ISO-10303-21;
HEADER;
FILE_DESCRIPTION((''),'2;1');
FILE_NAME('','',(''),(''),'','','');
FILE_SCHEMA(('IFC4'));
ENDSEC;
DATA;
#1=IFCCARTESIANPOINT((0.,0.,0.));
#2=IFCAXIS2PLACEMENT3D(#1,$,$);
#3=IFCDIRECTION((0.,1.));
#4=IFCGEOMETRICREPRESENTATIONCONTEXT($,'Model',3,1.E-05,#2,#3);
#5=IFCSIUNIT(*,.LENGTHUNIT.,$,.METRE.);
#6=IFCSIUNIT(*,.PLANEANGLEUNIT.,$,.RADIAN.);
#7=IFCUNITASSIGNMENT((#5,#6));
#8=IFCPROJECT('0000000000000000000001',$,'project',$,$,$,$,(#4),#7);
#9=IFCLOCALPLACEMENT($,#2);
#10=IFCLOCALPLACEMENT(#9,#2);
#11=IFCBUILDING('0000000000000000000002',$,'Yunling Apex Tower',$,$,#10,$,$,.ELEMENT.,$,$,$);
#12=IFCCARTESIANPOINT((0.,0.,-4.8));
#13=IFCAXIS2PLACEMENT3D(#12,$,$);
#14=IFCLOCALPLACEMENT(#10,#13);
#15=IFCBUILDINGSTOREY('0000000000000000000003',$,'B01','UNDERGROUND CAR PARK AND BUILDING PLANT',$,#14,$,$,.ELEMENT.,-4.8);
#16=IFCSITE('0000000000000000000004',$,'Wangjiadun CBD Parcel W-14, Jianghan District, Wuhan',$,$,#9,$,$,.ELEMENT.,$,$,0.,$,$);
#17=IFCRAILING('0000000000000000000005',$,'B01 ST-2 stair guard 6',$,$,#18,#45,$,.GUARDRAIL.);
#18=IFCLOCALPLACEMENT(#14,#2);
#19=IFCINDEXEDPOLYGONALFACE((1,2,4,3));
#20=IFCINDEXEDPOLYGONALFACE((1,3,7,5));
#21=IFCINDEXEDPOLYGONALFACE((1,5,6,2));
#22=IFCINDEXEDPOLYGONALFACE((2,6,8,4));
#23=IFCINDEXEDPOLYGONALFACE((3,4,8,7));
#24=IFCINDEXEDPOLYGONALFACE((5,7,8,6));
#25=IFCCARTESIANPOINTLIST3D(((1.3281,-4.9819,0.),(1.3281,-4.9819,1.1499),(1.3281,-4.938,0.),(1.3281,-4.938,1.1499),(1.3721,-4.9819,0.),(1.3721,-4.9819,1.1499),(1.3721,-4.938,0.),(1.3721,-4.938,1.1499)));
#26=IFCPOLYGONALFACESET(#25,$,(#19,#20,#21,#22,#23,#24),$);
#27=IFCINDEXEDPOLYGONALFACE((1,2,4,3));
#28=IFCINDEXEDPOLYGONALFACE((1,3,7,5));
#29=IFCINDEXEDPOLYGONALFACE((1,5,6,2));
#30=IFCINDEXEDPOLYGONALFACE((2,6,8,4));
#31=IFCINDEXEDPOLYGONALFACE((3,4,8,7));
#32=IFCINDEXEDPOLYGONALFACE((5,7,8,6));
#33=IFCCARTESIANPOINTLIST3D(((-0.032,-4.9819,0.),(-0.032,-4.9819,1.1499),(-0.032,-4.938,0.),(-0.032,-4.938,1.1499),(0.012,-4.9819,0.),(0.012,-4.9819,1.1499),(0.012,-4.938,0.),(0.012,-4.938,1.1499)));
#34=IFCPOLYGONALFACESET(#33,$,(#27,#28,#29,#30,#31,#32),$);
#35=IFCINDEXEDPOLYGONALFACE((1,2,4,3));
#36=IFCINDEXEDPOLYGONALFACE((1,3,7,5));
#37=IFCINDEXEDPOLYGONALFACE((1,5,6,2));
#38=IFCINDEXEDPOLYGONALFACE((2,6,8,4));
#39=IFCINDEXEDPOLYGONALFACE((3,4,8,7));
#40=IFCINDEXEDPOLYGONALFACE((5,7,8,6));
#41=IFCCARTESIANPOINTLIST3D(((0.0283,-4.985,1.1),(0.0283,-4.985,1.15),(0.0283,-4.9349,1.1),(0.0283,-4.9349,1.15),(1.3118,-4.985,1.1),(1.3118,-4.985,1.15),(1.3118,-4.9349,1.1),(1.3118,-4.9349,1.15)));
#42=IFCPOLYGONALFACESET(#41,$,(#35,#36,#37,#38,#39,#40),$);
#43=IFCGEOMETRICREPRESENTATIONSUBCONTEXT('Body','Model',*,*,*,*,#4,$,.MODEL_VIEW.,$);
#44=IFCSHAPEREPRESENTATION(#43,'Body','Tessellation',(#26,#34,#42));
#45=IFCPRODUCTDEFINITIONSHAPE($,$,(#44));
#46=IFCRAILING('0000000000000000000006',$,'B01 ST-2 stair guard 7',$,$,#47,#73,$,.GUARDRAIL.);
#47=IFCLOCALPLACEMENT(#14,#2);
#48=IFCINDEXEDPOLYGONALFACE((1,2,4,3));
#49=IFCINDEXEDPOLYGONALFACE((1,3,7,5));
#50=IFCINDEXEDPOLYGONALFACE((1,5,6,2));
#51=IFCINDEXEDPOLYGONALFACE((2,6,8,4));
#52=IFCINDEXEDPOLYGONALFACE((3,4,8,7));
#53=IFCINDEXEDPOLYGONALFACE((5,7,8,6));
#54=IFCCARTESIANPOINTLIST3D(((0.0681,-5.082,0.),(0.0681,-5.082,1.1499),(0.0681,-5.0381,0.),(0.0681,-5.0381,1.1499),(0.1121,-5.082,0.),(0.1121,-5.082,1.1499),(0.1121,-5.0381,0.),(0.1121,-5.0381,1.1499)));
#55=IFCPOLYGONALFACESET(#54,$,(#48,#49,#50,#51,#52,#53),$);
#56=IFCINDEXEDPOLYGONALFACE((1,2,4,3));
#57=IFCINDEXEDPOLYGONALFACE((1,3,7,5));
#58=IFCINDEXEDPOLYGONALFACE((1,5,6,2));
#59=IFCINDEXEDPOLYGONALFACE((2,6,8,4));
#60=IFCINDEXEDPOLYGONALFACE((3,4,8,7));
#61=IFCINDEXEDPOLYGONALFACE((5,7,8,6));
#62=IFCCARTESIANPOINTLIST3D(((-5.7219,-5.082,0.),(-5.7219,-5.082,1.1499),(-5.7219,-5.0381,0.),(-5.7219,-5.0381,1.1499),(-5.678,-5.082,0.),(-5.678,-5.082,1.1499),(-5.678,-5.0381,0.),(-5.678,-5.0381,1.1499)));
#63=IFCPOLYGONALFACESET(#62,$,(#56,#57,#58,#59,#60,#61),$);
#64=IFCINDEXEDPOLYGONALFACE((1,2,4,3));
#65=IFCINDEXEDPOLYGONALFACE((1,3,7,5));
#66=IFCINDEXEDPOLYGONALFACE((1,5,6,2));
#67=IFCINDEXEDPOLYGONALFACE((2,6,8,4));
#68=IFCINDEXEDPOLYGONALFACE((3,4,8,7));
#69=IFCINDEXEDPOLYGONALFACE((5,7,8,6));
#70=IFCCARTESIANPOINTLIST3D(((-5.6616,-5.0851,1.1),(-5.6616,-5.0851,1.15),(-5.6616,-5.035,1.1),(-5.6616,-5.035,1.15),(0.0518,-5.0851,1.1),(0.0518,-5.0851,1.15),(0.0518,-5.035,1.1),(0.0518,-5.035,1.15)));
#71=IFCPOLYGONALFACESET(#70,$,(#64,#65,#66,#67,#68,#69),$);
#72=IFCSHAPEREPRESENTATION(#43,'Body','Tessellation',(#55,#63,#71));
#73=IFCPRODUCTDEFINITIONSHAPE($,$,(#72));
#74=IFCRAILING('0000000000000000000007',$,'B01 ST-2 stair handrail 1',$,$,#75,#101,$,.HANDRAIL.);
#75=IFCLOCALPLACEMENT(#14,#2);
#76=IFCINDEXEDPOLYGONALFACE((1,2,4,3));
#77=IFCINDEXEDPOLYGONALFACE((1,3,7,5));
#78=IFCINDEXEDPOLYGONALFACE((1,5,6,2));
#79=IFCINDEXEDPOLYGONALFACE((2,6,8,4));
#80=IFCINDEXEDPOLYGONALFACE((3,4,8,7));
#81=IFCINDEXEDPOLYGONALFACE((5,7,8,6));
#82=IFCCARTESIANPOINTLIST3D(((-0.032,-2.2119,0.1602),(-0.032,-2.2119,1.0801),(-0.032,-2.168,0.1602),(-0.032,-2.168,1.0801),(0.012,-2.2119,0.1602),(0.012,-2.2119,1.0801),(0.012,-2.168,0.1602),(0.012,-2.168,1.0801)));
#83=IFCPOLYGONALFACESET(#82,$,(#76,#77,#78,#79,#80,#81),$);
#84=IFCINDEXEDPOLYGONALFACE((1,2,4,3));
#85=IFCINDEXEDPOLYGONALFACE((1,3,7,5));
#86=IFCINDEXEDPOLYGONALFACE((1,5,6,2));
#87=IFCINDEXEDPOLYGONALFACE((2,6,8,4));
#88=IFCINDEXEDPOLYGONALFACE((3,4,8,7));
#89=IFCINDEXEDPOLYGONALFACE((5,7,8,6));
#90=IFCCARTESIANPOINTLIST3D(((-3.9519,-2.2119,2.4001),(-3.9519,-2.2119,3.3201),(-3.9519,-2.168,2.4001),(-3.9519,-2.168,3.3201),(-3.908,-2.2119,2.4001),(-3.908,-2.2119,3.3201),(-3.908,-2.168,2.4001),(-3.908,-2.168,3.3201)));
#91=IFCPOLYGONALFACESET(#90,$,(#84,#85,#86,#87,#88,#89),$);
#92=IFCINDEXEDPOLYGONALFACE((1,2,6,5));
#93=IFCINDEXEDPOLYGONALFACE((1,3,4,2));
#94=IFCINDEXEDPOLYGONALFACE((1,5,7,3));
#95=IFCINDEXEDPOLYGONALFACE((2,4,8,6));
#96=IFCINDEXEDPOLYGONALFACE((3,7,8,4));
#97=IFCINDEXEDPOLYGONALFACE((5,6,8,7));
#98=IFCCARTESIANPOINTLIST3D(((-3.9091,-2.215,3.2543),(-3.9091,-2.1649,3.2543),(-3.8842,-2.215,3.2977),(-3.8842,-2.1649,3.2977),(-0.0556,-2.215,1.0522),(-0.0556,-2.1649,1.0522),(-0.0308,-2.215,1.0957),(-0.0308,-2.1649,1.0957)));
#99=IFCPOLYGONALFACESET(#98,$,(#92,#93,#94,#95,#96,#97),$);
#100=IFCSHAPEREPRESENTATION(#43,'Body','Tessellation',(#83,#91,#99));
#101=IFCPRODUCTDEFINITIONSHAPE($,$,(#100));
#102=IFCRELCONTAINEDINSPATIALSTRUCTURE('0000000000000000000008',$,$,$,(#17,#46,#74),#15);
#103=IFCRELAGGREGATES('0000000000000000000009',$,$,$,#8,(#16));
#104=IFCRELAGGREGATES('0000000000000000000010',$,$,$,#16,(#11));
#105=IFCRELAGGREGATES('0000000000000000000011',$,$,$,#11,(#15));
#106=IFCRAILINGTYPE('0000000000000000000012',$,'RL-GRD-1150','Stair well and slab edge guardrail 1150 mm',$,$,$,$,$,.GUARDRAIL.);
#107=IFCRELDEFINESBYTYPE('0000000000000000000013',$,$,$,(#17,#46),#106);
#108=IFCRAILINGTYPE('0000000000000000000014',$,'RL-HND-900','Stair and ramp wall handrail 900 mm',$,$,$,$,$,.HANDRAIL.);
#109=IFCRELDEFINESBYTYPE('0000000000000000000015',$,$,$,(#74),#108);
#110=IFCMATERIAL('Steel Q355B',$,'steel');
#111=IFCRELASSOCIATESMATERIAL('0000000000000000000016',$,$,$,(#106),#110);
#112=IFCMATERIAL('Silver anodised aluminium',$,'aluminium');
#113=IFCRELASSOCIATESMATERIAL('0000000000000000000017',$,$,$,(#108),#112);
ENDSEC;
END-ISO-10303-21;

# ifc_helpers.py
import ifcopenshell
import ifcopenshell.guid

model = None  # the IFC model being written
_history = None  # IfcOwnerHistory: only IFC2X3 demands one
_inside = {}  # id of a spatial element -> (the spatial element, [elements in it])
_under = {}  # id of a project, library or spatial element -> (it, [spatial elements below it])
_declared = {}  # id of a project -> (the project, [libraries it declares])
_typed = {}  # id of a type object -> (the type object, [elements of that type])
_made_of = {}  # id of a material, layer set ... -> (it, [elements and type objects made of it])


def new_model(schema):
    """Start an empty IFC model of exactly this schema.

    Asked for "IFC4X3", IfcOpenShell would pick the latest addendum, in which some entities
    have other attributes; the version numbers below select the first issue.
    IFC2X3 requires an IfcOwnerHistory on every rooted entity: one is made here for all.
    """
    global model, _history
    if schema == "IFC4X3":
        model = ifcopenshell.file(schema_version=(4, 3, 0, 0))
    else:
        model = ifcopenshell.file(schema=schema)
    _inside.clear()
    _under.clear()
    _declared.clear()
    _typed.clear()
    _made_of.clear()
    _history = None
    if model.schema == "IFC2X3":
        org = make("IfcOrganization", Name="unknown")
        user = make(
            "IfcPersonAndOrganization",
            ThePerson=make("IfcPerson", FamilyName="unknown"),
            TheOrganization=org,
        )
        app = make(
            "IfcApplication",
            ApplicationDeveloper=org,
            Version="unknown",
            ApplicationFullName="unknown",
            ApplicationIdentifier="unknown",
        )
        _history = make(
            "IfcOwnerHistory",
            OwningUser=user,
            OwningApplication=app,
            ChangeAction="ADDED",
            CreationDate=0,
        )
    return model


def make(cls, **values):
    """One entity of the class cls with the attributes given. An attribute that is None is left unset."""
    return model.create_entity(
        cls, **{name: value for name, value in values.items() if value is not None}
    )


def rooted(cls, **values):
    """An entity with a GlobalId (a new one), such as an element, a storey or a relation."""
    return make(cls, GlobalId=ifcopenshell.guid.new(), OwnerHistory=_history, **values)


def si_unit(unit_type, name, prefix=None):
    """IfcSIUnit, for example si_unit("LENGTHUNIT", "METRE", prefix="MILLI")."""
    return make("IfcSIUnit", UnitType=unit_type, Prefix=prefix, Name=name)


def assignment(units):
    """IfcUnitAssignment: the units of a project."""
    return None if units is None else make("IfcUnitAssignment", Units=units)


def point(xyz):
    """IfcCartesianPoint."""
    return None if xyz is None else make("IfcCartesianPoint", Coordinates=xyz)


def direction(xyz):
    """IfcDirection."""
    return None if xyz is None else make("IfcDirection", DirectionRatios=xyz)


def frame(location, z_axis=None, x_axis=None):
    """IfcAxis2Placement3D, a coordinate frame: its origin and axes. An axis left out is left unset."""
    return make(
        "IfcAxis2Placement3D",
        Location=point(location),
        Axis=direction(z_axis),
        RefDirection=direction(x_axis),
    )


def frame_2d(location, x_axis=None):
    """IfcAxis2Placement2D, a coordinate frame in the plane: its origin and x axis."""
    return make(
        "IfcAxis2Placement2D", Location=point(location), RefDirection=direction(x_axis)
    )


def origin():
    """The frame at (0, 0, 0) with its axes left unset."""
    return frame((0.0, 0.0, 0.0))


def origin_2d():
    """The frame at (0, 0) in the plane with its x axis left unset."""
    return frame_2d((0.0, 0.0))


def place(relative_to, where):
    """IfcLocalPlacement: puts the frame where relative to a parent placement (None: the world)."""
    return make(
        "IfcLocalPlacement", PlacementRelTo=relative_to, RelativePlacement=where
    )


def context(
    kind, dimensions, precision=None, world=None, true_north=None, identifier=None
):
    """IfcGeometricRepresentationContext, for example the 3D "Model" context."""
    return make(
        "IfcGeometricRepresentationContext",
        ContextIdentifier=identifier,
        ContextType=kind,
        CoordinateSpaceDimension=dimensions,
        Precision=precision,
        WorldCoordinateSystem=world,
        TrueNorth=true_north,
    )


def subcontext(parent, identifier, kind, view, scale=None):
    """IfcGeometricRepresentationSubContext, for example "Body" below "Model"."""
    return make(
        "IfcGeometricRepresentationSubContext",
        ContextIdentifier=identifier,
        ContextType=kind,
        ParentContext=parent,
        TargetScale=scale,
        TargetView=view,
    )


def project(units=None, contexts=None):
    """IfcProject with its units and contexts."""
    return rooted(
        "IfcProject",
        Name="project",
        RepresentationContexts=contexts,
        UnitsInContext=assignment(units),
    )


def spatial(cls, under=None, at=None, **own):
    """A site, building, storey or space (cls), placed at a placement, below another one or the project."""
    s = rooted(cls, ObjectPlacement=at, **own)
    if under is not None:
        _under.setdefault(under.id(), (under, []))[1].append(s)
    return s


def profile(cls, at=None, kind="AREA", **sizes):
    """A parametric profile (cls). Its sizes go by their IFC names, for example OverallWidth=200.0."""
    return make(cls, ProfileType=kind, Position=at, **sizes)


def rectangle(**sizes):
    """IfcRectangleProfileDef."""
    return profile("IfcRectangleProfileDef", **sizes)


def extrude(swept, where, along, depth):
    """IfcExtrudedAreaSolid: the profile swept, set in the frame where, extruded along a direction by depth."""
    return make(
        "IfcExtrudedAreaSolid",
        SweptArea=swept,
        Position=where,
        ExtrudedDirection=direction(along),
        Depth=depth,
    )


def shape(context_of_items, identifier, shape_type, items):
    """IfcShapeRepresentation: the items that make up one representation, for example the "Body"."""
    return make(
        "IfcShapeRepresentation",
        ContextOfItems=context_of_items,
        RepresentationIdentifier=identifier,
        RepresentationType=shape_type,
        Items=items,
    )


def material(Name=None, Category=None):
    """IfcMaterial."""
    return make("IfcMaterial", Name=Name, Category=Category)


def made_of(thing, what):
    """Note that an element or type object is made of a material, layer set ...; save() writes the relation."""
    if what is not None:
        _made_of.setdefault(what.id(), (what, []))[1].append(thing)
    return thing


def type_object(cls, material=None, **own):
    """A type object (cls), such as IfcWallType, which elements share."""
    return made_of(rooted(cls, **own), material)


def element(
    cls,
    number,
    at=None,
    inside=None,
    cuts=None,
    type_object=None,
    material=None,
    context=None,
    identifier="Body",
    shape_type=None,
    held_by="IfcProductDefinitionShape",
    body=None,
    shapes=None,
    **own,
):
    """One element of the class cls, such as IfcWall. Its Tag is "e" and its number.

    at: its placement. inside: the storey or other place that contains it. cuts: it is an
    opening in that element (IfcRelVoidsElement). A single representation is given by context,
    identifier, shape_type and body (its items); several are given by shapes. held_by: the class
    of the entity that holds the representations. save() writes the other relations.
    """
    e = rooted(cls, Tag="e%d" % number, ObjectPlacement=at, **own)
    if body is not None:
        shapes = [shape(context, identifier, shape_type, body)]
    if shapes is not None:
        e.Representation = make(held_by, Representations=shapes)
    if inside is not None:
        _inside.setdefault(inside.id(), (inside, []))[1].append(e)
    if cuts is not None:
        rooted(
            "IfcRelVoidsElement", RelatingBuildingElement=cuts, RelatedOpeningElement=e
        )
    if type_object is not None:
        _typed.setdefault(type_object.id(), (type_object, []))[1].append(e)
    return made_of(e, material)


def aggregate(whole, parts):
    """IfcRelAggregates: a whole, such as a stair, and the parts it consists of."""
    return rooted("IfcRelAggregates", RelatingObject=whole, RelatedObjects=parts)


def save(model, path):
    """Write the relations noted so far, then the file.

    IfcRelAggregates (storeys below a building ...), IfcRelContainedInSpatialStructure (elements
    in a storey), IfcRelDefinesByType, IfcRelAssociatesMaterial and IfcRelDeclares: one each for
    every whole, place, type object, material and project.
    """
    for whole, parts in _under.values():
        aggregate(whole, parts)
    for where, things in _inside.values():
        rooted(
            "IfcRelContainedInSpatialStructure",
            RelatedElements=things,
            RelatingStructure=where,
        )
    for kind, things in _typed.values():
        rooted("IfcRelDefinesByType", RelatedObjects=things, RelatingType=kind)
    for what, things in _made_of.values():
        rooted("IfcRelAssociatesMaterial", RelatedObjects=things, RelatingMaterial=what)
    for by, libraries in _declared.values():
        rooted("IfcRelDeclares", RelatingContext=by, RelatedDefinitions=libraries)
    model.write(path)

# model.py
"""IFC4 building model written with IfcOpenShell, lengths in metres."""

from ifc_helpers import new_model, si_unit, direction, frame, origin, origin_2d, place, context, subcontext, project, spatial, rectangle, extrude, material, type_object, element, save


model = new_model("IFC4")

# Units and contexts
model_context = context("Model", 3, precision=1e-05, world=origin(), true_north=direction((0.0, 1.0)))
body_context = subcontext(model_context, "Body", "Model", "MODEL_VIEW")
ifc_project = project(units=[si_unit("LENGTHUNIT", "METRE"), si_unit("PLANEANGLEUNIT", "RADIAN")], contexts=[model_context])

# Site, building, storey
site_placement = place(None, origin())
site = spatial("IfcSite", under=ifc_project, at=site_placement, Name="Wangjiadun CBD Parcel W-14, Jianghan District, Wuhan", CompositionType="ELEMENT", RefElevation=0.0)
building_placement = place(site_placement, origin())
building = spatial("IfcBuilding", under=site, at=building_placement, Name="Yunling Apex Tower", CompositionType="ELEMENT")
storey_placement = place(building_placement, frame((0.0, 0.0, -4.8)))
storey = spatial("IfcBuildingStorey", under=building, at=storey_placement, Name="B01", Description="UNDERGROUND CAR PARK AND BUILDING PLANT", CompositionType="ELEMENT", Elevation=-4.8)

# Shared definitions
ifc_material_1 = material(Name="Steel Q355B", Category="steel")

# Railings
railing_type_1 = type_object("IfcRailingType", Name="RL-GRD-1150", Description="Stair well and slab edge guardrail 1150 mm", PredefinedType="GUARDRAIL", material=ifc_material_1)
railing_1_placement = place(storey_placement, frame((1.3501, -4.96, 0.0)))
element("IfcRailing", 1, at=railing_1_placement, inside=storey, type_object=railing_type_1, Name="B01 ST-2 stair guard 6", PredefinedType="GUARDRAIL", context=body_context, shape_type="SweptSolid", body=[
    extrude(rectangle(XDim=0.0439, YDim=0.0439, at=origin_2d()), origin(), (0.0, 0.0, 1.0), 1.1499),
    extrude(rectangle(XDim=0.0439, YDim=0.0439, at=origin_2d()), frame((-1.3601, 0.0, 0.0)), (0.0, 0.0, 1.0), 1.1499),
    extrude(rectangle(XDim=0.05, YDim=0.05, at=origin_2d()), frame((-0.0383, 0.0, 1.125), z_axis=(-1.0, 0.0, 0.0), x_axis=(0.0, -1.0, 0.0)), (0.0, 0.0, 1.0), 1.2834),
])
railing_2_placement = place(storey_placement, frame((0.0901, -5.0601, 0.0)))
element("IfcRailing", 2, at=railing_2_placement, inside=storey, type_object=railing_type_1, Name="B01 ST-2 stair guard 7", PredefinedType="GUARDRAIL", context=body_context, shape_type="SweptSolid", body=[
    extrude(rectangle(XDim=0.0439, YDim=0.0439, at=origin_2d()), origin(), (0.0, 0.0, 1.0), 1.1499),
    extrude(rectangle(XDim=0.0439, YDim=0.0439, at=origin_2d()), frame((-5.79, 0.0, 0.0)), (0.0, 0.0, 1.0), 1.1499),
    extrude(rectangle(XDim=0.05, YDim=0.05, at=origin_2d()), frame((-0.0383, 0.0, 1.125), z_axis=(-1.0, 0.0, 0.0), x_axis=(0.0, -1.0, 0.0)), (0.0, 0.0, 1.0), 5.7134),
])
ifc_material_2 = material(Name="Silver anodised aluminium", Category="aluminium")
railing_type_2 = type_object("IfcRailingType", Name="RL-HND-900", Description="Stair and ramp wall handrail 900 mm", PredefinedType="HANDRAIL", material=ifc_material_2)
railing_3_placement = place(storey_placement, frame((-0.01, -2.1899, 0.1602)))
element("IfcRailing", 3, at=railing_3_placement, inside=storey, type_object=railing_type_2, Name="B01 ST-2 stair handrail 1", PredefinedType="HANDRAIL", context=body_context, shape_type="SweptSolid", body=[
    extrude(rectangle(XDim=0.0439, YDim=0.0439, at=origin_2d()), origin(), (0.0, 0.0, 1.0), 0.9199),
    extrude(rectangle(XDim=0.0439, YDim=0.0439, at=origin_2d()), frame((-3.9199, 0.0, 2.24)), (0.0, 0.0, 1.0), 0.9199),
    extrude(rectangle(XDim=0.05, YDim=0.05, at=origin_2d()), frame((-0.0332, 0.0, 0.9138), z_axis=(-0.86824, 0.0, 0.496145), x_axis=(0.0, -1.0, 0.0)), (0.0, 0.0, 1.0), 4.4382),
])

save(model, "model.ifc")
